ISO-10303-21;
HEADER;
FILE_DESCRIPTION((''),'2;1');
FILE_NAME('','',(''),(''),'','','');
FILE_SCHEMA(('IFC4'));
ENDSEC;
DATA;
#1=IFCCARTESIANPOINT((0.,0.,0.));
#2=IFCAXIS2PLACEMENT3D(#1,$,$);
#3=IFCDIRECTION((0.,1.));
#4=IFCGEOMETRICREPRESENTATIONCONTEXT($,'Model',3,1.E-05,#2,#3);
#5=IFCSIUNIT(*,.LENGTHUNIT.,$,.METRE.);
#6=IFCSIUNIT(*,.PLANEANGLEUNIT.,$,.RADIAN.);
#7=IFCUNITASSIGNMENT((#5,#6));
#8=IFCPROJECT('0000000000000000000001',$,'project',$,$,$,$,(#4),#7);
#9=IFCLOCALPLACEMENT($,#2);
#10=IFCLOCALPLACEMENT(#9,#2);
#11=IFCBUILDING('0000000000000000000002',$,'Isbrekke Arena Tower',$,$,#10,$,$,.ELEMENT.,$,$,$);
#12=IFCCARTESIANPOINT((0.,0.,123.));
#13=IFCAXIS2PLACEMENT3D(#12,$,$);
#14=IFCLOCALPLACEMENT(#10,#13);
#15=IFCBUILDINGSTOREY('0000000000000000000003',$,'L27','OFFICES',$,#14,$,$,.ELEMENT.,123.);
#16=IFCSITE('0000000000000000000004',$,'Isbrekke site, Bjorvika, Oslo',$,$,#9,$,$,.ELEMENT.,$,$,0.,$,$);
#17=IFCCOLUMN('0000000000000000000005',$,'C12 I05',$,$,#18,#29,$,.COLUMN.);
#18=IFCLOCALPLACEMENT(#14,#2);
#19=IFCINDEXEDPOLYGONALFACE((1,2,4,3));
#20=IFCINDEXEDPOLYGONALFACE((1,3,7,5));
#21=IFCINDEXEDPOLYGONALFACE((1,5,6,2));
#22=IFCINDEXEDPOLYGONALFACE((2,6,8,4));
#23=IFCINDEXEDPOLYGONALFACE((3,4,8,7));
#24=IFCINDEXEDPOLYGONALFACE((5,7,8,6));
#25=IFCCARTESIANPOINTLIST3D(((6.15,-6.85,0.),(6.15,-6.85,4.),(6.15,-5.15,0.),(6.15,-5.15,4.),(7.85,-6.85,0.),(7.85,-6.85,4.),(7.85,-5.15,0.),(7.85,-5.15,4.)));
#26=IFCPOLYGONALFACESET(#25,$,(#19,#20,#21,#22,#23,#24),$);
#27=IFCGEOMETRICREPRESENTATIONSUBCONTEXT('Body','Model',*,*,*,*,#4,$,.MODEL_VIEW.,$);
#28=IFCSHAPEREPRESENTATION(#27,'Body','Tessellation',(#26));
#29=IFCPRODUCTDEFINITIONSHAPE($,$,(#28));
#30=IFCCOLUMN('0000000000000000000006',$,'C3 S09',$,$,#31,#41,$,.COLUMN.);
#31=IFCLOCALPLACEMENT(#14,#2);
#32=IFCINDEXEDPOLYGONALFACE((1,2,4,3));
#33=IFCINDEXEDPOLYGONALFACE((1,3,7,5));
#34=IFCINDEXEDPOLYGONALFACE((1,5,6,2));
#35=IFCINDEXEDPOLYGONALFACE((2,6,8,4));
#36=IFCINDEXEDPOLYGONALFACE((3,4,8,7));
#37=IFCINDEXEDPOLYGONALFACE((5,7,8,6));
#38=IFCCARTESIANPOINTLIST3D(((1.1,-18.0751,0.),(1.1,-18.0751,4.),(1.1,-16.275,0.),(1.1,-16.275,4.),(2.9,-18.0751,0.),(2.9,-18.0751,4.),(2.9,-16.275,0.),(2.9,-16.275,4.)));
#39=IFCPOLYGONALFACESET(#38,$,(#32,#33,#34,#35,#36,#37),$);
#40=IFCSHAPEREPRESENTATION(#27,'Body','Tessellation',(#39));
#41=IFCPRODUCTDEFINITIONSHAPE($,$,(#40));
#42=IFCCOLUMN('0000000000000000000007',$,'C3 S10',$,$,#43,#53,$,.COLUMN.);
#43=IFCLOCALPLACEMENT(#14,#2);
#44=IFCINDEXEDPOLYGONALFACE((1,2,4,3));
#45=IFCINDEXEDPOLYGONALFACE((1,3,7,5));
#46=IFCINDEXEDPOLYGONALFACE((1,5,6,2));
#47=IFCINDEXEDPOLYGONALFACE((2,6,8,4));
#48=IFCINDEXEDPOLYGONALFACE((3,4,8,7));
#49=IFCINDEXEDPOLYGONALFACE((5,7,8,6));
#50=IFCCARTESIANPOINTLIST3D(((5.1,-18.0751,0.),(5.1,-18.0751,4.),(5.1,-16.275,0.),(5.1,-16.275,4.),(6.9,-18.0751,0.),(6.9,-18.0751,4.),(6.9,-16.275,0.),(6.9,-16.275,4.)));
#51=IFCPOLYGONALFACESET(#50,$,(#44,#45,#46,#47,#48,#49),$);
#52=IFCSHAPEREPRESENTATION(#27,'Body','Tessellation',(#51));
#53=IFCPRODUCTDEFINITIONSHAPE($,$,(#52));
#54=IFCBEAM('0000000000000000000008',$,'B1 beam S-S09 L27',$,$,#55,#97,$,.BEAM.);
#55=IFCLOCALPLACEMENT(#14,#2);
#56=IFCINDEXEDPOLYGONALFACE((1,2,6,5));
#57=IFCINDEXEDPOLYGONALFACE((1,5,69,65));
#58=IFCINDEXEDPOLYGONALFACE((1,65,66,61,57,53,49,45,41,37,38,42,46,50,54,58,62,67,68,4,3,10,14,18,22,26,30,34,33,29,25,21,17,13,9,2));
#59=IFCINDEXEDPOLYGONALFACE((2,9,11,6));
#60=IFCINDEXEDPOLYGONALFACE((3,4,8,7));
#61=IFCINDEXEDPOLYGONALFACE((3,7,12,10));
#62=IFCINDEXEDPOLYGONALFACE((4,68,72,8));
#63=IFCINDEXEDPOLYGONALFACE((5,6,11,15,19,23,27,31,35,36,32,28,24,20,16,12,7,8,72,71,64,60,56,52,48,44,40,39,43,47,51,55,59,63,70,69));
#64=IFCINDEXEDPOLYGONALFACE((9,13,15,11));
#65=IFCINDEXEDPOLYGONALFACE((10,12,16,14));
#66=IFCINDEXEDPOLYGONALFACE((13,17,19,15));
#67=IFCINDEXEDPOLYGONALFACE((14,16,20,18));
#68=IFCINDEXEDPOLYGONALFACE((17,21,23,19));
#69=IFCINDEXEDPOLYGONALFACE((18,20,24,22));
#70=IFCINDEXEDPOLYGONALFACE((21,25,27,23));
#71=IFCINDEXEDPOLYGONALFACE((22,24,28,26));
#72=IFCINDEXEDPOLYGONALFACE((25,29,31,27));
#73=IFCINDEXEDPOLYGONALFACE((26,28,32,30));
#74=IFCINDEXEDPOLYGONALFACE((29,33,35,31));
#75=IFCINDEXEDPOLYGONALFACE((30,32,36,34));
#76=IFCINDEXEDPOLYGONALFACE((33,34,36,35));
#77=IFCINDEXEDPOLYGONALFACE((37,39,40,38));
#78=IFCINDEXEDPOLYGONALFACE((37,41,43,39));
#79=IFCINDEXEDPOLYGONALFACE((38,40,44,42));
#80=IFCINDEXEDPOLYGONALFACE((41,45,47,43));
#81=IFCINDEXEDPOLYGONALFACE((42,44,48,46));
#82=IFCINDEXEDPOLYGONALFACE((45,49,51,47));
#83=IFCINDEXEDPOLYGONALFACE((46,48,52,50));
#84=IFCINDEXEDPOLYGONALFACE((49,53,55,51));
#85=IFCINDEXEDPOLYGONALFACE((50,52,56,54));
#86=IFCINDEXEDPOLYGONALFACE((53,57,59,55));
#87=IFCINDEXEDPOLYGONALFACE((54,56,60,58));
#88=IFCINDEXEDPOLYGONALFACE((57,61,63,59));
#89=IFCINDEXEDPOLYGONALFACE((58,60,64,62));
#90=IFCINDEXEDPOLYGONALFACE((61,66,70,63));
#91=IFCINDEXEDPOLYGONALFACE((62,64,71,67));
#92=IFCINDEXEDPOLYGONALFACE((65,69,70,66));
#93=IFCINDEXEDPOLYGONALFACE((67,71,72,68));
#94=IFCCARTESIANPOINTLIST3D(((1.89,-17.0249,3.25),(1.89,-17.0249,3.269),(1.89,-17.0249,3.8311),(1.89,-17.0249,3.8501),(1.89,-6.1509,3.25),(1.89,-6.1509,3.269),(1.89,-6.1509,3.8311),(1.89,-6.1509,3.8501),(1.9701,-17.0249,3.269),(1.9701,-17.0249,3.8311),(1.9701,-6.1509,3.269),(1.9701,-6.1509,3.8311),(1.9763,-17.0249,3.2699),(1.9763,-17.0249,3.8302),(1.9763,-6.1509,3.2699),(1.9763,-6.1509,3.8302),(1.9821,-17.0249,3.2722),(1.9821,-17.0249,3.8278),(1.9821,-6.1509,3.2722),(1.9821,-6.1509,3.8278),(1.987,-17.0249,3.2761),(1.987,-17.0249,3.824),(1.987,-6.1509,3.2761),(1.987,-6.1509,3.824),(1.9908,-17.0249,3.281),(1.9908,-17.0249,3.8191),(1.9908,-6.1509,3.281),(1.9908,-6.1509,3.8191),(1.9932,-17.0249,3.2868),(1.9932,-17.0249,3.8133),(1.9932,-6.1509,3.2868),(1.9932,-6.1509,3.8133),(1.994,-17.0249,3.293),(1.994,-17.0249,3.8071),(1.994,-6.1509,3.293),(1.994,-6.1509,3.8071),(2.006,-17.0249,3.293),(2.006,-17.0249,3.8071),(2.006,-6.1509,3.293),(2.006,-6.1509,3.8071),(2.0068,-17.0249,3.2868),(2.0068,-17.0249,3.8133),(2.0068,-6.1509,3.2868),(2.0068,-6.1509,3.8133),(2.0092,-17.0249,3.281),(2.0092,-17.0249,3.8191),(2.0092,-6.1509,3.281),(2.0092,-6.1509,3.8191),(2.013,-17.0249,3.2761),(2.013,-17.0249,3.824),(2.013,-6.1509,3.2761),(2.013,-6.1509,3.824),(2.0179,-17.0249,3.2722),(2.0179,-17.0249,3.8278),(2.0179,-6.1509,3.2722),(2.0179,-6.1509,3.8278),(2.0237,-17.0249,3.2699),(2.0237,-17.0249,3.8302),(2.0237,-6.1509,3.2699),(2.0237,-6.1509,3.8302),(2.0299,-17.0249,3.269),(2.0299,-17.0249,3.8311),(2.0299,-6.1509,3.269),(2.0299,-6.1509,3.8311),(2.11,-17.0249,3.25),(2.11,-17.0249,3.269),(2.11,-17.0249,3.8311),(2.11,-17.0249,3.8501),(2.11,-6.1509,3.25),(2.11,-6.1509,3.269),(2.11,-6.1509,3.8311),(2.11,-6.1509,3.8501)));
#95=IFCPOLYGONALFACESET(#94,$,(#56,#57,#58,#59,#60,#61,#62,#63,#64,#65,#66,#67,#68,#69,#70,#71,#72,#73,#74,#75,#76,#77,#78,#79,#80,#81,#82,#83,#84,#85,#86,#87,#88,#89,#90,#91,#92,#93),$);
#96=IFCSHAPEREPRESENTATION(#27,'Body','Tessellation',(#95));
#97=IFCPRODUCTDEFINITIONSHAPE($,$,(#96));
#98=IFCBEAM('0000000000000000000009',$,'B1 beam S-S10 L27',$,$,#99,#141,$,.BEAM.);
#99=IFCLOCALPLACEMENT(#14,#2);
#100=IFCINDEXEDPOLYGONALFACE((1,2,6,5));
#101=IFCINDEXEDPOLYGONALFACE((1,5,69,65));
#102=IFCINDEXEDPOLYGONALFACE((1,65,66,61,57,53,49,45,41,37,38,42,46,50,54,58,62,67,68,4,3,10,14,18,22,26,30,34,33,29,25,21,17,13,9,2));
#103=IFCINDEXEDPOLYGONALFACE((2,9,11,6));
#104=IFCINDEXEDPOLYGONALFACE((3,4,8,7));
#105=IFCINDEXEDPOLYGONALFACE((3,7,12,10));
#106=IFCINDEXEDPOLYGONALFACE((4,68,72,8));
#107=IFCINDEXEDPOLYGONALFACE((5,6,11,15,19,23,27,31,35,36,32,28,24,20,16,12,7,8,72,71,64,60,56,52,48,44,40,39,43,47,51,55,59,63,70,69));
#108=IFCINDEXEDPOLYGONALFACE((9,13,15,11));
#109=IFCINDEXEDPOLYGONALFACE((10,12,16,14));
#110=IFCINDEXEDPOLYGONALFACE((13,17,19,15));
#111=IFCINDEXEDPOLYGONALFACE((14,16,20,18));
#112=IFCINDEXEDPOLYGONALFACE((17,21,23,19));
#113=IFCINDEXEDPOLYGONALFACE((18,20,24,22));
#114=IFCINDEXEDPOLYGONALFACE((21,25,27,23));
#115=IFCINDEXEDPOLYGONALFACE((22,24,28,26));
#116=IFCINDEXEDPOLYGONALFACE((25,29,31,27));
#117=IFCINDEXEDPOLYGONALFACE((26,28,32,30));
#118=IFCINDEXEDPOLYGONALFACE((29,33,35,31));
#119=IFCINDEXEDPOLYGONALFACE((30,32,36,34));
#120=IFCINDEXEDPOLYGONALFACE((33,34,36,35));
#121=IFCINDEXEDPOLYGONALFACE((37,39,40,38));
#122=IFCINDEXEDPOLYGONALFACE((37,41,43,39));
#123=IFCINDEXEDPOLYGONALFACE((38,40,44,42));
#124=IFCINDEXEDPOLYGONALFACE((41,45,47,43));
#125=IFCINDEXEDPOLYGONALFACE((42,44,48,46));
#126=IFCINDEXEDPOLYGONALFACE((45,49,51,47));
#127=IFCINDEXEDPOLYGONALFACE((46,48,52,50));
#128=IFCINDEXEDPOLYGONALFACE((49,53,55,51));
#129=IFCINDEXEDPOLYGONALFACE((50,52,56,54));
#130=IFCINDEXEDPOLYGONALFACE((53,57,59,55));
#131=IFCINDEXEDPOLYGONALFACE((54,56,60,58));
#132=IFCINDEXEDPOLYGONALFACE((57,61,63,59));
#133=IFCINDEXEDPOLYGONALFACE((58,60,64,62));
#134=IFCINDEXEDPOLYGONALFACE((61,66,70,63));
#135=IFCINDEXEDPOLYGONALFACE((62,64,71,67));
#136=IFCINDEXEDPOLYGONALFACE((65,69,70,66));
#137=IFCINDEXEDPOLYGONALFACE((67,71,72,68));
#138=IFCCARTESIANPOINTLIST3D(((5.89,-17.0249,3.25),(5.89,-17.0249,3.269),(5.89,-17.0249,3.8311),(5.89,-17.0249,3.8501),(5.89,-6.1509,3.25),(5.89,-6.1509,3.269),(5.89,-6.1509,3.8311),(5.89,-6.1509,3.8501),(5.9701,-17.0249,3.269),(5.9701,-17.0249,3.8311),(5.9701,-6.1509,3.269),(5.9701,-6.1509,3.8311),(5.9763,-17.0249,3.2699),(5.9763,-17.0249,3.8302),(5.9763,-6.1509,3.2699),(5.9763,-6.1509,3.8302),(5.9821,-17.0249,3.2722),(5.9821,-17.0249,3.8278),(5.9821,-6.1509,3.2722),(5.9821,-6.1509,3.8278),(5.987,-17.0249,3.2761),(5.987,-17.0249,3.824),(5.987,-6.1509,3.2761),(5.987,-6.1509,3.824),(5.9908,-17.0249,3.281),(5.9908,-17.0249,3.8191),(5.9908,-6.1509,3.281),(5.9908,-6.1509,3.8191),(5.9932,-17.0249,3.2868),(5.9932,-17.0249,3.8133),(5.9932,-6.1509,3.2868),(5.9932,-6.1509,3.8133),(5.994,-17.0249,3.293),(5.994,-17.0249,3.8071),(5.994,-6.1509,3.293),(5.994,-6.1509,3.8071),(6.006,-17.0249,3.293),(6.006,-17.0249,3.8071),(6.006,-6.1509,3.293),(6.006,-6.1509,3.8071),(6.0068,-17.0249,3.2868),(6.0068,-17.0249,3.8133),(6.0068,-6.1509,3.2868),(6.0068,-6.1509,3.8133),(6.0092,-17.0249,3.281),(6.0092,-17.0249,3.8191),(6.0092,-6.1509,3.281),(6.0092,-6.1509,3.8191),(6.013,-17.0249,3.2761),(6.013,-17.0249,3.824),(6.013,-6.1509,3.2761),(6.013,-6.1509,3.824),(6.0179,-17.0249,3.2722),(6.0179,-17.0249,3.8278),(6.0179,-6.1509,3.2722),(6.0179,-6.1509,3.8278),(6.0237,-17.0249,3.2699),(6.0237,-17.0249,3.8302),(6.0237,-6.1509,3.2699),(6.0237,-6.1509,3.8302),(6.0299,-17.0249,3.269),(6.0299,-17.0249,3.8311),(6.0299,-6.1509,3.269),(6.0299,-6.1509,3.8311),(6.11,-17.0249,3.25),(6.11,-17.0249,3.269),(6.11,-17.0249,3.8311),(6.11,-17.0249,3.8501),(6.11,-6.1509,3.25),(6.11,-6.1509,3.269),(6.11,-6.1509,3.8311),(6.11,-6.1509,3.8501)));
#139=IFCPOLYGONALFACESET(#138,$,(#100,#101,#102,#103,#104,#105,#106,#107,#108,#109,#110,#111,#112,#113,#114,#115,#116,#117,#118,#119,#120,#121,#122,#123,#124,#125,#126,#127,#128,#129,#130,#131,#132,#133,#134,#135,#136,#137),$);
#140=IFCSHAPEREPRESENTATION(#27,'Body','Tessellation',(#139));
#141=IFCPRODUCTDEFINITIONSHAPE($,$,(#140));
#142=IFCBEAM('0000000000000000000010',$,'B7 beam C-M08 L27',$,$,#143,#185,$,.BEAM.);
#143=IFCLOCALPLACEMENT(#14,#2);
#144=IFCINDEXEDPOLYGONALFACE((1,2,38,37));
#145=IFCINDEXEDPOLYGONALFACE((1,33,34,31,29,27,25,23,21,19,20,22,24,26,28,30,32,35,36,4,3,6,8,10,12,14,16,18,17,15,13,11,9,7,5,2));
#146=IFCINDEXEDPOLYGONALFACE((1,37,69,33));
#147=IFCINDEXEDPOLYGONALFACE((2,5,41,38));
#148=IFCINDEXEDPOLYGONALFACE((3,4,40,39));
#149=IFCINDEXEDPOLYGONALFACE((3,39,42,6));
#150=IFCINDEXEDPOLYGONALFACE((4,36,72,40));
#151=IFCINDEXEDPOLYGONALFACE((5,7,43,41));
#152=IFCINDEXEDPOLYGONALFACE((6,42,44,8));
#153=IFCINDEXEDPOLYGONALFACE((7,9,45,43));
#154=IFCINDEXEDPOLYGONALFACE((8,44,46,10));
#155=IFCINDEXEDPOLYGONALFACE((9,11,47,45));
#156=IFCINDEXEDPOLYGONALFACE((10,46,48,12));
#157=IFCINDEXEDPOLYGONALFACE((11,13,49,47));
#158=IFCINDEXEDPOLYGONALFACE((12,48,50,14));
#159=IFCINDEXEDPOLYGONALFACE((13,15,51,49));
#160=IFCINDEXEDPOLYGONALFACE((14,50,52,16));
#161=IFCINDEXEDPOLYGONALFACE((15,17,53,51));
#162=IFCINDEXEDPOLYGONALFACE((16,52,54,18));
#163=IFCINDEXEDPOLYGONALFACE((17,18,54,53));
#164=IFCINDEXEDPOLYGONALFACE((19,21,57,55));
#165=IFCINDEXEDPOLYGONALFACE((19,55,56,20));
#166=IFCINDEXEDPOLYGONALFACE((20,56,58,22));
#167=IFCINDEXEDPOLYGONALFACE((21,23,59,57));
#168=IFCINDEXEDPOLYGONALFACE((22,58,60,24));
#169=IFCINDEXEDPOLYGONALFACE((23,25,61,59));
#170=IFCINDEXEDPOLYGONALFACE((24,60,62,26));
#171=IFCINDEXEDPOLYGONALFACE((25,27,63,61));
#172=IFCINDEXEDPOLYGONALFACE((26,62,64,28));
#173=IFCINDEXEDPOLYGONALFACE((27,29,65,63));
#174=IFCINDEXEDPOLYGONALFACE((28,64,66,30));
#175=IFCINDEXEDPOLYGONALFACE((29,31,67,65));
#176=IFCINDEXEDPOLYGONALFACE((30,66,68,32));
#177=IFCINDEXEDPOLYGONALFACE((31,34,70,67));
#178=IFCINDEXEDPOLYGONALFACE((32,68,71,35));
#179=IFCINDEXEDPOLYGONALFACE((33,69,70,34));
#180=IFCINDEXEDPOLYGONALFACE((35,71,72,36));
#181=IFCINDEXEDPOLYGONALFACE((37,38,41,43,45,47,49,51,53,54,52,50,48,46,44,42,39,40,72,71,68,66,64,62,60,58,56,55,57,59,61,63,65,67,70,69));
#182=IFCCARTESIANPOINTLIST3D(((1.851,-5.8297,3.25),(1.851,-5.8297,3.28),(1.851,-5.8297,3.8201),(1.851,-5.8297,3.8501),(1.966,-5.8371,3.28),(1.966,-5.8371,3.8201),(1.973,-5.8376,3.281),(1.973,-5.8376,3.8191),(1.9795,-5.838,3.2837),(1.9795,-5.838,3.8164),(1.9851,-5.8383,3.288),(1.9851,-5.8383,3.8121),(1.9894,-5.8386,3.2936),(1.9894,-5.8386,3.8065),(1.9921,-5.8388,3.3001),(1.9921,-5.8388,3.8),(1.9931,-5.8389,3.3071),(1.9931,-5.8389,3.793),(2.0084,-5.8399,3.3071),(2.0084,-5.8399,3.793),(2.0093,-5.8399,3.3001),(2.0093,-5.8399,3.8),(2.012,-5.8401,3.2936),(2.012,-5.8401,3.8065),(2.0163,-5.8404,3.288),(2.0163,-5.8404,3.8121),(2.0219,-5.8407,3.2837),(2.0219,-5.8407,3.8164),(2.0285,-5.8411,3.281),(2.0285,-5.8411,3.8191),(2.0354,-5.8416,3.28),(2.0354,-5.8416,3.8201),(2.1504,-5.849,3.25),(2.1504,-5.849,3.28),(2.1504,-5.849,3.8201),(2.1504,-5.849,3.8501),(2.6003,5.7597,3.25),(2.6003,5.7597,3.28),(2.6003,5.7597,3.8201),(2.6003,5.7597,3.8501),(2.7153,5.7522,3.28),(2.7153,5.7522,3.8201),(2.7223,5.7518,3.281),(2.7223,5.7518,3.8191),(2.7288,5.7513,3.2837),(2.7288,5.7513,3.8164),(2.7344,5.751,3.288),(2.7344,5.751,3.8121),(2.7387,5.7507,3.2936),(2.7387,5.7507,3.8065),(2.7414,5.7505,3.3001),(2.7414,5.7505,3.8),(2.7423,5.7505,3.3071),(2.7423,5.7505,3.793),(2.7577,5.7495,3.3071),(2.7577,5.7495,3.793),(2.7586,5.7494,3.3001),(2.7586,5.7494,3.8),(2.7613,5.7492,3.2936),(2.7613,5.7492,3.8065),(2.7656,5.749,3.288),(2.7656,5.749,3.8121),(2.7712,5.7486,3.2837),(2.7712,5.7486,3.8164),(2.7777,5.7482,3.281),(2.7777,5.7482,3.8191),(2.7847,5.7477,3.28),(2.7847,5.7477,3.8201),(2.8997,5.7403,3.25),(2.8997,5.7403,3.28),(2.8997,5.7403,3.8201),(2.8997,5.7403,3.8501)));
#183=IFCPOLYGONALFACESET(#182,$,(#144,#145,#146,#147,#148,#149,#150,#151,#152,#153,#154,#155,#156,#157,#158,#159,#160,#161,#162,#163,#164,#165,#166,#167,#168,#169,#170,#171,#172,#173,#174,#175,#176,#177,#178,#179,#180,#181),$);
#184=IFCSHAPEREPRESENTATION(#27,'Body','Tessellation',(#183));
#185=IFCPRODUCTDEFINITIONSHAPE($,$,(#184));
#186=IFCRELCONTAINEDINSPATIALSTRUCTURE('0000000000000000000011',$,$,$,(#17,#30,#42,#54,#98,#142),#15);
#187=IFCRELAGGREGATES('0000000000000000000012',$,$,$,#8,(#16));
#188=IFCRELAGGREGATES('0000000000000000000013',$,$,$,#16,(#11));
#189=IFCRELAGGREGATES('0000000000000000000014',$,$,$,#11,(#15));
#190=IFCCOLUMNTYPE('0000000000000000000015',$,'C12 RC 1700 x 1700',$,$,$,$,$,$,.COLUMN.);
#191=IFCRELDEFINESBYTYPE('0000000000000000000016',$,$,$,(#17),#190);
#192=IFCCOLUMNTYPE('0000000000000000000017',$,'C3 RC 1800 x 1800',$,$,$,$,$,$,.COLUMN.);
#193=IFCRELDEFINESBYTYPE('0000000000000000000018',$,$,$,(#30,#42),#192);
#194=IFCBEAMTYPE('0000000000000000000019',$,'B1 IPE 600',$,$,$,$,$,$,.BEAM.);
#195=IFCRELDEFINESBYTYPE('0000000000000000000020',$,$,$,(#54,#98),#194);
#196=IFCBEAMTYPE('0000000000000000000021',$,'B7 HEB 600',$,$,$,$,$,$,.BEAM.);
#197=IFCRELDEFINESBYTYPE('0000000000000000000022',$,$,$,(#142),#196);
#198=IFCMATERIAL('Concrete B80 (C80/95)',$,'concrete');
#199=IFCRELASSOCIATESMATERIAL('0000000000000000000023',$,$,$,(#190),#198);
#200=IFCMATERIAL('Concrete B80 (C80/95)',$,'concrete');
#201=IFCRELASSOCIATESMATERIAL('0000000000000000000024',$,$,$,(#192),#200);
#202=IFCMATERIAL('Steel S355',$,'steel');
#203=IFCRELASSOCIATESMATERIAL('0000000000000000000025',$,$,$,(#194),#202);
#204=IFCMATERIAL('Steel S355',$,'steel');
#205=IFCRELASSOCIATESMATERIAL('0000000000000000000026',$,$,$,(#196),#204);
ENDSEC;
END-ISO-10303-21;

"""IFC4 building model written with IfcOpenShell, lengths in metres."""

from ifc_helpers import new_model, si_unit, direction, frame, origin, origin_2d, place, context, subcontext, project, spatial, rectangle, i_section, extrude, material, material_profile, profile_set, type_object, element, save


model = new_model("IFC4")

# Units and contexts
model_context = context("Model", 3, precision=1e-05, world=origin(), true_north=direction((0.0, 1.0)))
body_context = subcontext(model_context, "Body", "Model", "MODEL_VIEW")
ifc_project = project(units=[si_unit("LENGTHUNIT", "METRE"), si_unit("PLANEANGLEUNIT", "RADIAN")], contexts=[model_context])

# Site, building, storey
site_placement = place(None, origin())
site = spatial("IfcSite", under=ifc_project, at=site_placement, Name="Isbrekke site, Bjorvika, Oslo", CompositionType="ELEMENT", RefElevation=0.0)
building_placement = place(site_placement, origin())
building = spatial("IfcBuilding", under=site, at=building_placement, Name="Isbrekke Arena Tower", CompositionType="ELEMENT")
storey_placement = place(building_placement, frame((0.0, 0.0, 123.0)))
storey = spatial("IfcBuildingStorey", under=building, at=storey_placement, Name="L27", Description="OFFICES", CompositionType="ELEMENT", Elevation=123.0)

# Columns
ifc_material_1 = material(Name="Concrete B80 (C80/95)", Category="concrete")
ifc_material_profile_1 = material_profile(ifc_material_1, rectangle(XDim=1.7, YDim=1.7, at=origin_2d()), Name="RC 1700x1700")
ifc_profile_set_1 = profile_set([ifc_material_profile_1], Name="Concrete B80 (C80/95)")
column_type_1 = type_object("IfcColumnType", Name="C12 RC 1700 x 1700", PredefinedType="COLUMN", material=ifc_profile_set_1)
column_placement = place(storey_placement, frame((7.0, -6.0, 0.0), z_axis=(0.0, 0.0, 1.0), x_axis=(1.0, 0.0, 0.0)))
element("IfcColumn", 1, at=column_placement, inside=storey, type_object=column_type_1, Name="C12 I05", PredefinedType="COLUMN", context=body_context, shape_type="SweptSolid", body=[
    extrude(rectangle(XDim=1.7, YDim=1.7, at=origin_2d()), origin(), (0.0, 0.0, 1.0), 4.0),
])
ifc_material_2 = material(Name="Concrete B80 (C80/95)", Category="concrete")
ifc_material_profile_2 = material_profile(ifc_material_2, rectangle(XDim=1.8, YDim=1.8, at=origin_2d()), Name="RC 1800x1800")
ifc_profile_set_2 = profile_set([ifc_material_profile_2], Name="Concrete B80 (C80/95)")
column_type_2 = type_object("IfcColumnType", Name="C3 RC 1800 x 1800", PredefinedType="COLUMN", material=ifc_profile_set_2)
for number, where, z_axis, x_axis, name in (
    (2, (2.0, -17.175, 0.0), (0.0, 0.0, 1.0), (1.0, 0.0, 0.0), "C3 S09"),
    (3, (6.0, -17.175, 0.0), (0.0, 0.0, 1.0), (1.0, 0.0, 0.0), "C3 S10"),
):
    element("IfcColumn", number, at=place(storey_placement, frame(where, z_axis=z_axis, x_axis=x_axis)), inside=storey, type_object=column_type_2, Name=name, PredefinedType="COLUMN", context=body_context, shape_type="SweptSolid", body=[
        extrude(rectangle(XDim=1.8, YDim=1.8, at=origin_2d()), origin(), (0.0, 0.0, 1.0), 4.0),
    ])

# Beams
ifc_material_3 = material(Name="Steel S355", Category="steel")
ifc_material_profile_3 = material_profile(ifc_material_3, i_section(OverallWidth=0.22, OverallDepth=0.6001, WebThickness=0.012, FlangeThickness=0.019, FilletRadius=0.0239, at=origin_2d()), Name="IPE 600")
ifc_profile_set_3 = profile_set([ifc_material_profile_3], Name="Steel S355")
beam_type_1 = type_object("IfcBeamType", Name="B1 IPE 600", PredefinedType="BEAM", material=ifc_profile_set_3)
for number, where, z_axis, x_axis, name in (
    (4, (2.0, -17.0249, 3.55), (0.0, 1.0, 0.0), (-1.0, 0.0, 0.0), "B1 beam S-S09 L27"),
    (5, (6.0, -17.0249, 3.55), (0.0, 1.0, 0.0), (-1.0, 0.0, 0.0), "B1 beam S-S10 L27"),
):
    element("IfcBeam", number, at=place(storey_placement, frame(where, z_axis=z_axis, x_axis=x_axis)), inside=storey, type_object=beam_type_1, Name=name, PredefinedType="BEAM", context=body_context, shape_type="SweptSolid", body=[
        extrude(i_section(OverallWidth=0.22, OverallDepth=0.6001, WebThickness=0.012, FlangeThickness=0.019, FilletRadius=0.0239, at=origin_2d()), origin(), (0.0, 0.0, 1.0), 10.874),
    ])
ifc_material_4 = material(Name="Steel S355", Category="steel")
ifc_material_profile_4 = material_profile(ifc_material_4, i_section(OverallWidth=0.3, OverallDepth=0.6001, WebThickness=0.0154, FlangeThickness=0.03, FilletRadius=0.0271, at=origin_2d()), Name="HEB 600")
ifc_profile_set_4 = profile_set([ifc_material_profile_4], Name="Steel S355")
beam_type_2 = type_object("IfcBeamType", Name="B7 HEB 600", PredefinedType="BEAM", material=ifc_profile_set_4)
beam_1_placement = place(storey_placement, frame((2.0007, -5.8394, 3.55), z_axis=(0.064517, 0.997917, 0.0), x_axis=(-0.997917, 0.064517, 0.0)))
element("IfcBeam", 6, at=beam_1_placement, inside=storey, type_object=beam_type_2, Name="B7 beam C-M08 L27", PredefinedType="BEAM", context=body_context, shape_type="SweptSolid", body=[
    extrude(i_section(OverallWidth=0.3, OverallDepth=0.6001, WebThickness=0.0154, FlangeThickness=0.03, FilletRadius=0.0271, at=origin_2d()), origin(), (0.0, 0.0, 1.0), 11.6135),
])

save(model, "model.ifc")
